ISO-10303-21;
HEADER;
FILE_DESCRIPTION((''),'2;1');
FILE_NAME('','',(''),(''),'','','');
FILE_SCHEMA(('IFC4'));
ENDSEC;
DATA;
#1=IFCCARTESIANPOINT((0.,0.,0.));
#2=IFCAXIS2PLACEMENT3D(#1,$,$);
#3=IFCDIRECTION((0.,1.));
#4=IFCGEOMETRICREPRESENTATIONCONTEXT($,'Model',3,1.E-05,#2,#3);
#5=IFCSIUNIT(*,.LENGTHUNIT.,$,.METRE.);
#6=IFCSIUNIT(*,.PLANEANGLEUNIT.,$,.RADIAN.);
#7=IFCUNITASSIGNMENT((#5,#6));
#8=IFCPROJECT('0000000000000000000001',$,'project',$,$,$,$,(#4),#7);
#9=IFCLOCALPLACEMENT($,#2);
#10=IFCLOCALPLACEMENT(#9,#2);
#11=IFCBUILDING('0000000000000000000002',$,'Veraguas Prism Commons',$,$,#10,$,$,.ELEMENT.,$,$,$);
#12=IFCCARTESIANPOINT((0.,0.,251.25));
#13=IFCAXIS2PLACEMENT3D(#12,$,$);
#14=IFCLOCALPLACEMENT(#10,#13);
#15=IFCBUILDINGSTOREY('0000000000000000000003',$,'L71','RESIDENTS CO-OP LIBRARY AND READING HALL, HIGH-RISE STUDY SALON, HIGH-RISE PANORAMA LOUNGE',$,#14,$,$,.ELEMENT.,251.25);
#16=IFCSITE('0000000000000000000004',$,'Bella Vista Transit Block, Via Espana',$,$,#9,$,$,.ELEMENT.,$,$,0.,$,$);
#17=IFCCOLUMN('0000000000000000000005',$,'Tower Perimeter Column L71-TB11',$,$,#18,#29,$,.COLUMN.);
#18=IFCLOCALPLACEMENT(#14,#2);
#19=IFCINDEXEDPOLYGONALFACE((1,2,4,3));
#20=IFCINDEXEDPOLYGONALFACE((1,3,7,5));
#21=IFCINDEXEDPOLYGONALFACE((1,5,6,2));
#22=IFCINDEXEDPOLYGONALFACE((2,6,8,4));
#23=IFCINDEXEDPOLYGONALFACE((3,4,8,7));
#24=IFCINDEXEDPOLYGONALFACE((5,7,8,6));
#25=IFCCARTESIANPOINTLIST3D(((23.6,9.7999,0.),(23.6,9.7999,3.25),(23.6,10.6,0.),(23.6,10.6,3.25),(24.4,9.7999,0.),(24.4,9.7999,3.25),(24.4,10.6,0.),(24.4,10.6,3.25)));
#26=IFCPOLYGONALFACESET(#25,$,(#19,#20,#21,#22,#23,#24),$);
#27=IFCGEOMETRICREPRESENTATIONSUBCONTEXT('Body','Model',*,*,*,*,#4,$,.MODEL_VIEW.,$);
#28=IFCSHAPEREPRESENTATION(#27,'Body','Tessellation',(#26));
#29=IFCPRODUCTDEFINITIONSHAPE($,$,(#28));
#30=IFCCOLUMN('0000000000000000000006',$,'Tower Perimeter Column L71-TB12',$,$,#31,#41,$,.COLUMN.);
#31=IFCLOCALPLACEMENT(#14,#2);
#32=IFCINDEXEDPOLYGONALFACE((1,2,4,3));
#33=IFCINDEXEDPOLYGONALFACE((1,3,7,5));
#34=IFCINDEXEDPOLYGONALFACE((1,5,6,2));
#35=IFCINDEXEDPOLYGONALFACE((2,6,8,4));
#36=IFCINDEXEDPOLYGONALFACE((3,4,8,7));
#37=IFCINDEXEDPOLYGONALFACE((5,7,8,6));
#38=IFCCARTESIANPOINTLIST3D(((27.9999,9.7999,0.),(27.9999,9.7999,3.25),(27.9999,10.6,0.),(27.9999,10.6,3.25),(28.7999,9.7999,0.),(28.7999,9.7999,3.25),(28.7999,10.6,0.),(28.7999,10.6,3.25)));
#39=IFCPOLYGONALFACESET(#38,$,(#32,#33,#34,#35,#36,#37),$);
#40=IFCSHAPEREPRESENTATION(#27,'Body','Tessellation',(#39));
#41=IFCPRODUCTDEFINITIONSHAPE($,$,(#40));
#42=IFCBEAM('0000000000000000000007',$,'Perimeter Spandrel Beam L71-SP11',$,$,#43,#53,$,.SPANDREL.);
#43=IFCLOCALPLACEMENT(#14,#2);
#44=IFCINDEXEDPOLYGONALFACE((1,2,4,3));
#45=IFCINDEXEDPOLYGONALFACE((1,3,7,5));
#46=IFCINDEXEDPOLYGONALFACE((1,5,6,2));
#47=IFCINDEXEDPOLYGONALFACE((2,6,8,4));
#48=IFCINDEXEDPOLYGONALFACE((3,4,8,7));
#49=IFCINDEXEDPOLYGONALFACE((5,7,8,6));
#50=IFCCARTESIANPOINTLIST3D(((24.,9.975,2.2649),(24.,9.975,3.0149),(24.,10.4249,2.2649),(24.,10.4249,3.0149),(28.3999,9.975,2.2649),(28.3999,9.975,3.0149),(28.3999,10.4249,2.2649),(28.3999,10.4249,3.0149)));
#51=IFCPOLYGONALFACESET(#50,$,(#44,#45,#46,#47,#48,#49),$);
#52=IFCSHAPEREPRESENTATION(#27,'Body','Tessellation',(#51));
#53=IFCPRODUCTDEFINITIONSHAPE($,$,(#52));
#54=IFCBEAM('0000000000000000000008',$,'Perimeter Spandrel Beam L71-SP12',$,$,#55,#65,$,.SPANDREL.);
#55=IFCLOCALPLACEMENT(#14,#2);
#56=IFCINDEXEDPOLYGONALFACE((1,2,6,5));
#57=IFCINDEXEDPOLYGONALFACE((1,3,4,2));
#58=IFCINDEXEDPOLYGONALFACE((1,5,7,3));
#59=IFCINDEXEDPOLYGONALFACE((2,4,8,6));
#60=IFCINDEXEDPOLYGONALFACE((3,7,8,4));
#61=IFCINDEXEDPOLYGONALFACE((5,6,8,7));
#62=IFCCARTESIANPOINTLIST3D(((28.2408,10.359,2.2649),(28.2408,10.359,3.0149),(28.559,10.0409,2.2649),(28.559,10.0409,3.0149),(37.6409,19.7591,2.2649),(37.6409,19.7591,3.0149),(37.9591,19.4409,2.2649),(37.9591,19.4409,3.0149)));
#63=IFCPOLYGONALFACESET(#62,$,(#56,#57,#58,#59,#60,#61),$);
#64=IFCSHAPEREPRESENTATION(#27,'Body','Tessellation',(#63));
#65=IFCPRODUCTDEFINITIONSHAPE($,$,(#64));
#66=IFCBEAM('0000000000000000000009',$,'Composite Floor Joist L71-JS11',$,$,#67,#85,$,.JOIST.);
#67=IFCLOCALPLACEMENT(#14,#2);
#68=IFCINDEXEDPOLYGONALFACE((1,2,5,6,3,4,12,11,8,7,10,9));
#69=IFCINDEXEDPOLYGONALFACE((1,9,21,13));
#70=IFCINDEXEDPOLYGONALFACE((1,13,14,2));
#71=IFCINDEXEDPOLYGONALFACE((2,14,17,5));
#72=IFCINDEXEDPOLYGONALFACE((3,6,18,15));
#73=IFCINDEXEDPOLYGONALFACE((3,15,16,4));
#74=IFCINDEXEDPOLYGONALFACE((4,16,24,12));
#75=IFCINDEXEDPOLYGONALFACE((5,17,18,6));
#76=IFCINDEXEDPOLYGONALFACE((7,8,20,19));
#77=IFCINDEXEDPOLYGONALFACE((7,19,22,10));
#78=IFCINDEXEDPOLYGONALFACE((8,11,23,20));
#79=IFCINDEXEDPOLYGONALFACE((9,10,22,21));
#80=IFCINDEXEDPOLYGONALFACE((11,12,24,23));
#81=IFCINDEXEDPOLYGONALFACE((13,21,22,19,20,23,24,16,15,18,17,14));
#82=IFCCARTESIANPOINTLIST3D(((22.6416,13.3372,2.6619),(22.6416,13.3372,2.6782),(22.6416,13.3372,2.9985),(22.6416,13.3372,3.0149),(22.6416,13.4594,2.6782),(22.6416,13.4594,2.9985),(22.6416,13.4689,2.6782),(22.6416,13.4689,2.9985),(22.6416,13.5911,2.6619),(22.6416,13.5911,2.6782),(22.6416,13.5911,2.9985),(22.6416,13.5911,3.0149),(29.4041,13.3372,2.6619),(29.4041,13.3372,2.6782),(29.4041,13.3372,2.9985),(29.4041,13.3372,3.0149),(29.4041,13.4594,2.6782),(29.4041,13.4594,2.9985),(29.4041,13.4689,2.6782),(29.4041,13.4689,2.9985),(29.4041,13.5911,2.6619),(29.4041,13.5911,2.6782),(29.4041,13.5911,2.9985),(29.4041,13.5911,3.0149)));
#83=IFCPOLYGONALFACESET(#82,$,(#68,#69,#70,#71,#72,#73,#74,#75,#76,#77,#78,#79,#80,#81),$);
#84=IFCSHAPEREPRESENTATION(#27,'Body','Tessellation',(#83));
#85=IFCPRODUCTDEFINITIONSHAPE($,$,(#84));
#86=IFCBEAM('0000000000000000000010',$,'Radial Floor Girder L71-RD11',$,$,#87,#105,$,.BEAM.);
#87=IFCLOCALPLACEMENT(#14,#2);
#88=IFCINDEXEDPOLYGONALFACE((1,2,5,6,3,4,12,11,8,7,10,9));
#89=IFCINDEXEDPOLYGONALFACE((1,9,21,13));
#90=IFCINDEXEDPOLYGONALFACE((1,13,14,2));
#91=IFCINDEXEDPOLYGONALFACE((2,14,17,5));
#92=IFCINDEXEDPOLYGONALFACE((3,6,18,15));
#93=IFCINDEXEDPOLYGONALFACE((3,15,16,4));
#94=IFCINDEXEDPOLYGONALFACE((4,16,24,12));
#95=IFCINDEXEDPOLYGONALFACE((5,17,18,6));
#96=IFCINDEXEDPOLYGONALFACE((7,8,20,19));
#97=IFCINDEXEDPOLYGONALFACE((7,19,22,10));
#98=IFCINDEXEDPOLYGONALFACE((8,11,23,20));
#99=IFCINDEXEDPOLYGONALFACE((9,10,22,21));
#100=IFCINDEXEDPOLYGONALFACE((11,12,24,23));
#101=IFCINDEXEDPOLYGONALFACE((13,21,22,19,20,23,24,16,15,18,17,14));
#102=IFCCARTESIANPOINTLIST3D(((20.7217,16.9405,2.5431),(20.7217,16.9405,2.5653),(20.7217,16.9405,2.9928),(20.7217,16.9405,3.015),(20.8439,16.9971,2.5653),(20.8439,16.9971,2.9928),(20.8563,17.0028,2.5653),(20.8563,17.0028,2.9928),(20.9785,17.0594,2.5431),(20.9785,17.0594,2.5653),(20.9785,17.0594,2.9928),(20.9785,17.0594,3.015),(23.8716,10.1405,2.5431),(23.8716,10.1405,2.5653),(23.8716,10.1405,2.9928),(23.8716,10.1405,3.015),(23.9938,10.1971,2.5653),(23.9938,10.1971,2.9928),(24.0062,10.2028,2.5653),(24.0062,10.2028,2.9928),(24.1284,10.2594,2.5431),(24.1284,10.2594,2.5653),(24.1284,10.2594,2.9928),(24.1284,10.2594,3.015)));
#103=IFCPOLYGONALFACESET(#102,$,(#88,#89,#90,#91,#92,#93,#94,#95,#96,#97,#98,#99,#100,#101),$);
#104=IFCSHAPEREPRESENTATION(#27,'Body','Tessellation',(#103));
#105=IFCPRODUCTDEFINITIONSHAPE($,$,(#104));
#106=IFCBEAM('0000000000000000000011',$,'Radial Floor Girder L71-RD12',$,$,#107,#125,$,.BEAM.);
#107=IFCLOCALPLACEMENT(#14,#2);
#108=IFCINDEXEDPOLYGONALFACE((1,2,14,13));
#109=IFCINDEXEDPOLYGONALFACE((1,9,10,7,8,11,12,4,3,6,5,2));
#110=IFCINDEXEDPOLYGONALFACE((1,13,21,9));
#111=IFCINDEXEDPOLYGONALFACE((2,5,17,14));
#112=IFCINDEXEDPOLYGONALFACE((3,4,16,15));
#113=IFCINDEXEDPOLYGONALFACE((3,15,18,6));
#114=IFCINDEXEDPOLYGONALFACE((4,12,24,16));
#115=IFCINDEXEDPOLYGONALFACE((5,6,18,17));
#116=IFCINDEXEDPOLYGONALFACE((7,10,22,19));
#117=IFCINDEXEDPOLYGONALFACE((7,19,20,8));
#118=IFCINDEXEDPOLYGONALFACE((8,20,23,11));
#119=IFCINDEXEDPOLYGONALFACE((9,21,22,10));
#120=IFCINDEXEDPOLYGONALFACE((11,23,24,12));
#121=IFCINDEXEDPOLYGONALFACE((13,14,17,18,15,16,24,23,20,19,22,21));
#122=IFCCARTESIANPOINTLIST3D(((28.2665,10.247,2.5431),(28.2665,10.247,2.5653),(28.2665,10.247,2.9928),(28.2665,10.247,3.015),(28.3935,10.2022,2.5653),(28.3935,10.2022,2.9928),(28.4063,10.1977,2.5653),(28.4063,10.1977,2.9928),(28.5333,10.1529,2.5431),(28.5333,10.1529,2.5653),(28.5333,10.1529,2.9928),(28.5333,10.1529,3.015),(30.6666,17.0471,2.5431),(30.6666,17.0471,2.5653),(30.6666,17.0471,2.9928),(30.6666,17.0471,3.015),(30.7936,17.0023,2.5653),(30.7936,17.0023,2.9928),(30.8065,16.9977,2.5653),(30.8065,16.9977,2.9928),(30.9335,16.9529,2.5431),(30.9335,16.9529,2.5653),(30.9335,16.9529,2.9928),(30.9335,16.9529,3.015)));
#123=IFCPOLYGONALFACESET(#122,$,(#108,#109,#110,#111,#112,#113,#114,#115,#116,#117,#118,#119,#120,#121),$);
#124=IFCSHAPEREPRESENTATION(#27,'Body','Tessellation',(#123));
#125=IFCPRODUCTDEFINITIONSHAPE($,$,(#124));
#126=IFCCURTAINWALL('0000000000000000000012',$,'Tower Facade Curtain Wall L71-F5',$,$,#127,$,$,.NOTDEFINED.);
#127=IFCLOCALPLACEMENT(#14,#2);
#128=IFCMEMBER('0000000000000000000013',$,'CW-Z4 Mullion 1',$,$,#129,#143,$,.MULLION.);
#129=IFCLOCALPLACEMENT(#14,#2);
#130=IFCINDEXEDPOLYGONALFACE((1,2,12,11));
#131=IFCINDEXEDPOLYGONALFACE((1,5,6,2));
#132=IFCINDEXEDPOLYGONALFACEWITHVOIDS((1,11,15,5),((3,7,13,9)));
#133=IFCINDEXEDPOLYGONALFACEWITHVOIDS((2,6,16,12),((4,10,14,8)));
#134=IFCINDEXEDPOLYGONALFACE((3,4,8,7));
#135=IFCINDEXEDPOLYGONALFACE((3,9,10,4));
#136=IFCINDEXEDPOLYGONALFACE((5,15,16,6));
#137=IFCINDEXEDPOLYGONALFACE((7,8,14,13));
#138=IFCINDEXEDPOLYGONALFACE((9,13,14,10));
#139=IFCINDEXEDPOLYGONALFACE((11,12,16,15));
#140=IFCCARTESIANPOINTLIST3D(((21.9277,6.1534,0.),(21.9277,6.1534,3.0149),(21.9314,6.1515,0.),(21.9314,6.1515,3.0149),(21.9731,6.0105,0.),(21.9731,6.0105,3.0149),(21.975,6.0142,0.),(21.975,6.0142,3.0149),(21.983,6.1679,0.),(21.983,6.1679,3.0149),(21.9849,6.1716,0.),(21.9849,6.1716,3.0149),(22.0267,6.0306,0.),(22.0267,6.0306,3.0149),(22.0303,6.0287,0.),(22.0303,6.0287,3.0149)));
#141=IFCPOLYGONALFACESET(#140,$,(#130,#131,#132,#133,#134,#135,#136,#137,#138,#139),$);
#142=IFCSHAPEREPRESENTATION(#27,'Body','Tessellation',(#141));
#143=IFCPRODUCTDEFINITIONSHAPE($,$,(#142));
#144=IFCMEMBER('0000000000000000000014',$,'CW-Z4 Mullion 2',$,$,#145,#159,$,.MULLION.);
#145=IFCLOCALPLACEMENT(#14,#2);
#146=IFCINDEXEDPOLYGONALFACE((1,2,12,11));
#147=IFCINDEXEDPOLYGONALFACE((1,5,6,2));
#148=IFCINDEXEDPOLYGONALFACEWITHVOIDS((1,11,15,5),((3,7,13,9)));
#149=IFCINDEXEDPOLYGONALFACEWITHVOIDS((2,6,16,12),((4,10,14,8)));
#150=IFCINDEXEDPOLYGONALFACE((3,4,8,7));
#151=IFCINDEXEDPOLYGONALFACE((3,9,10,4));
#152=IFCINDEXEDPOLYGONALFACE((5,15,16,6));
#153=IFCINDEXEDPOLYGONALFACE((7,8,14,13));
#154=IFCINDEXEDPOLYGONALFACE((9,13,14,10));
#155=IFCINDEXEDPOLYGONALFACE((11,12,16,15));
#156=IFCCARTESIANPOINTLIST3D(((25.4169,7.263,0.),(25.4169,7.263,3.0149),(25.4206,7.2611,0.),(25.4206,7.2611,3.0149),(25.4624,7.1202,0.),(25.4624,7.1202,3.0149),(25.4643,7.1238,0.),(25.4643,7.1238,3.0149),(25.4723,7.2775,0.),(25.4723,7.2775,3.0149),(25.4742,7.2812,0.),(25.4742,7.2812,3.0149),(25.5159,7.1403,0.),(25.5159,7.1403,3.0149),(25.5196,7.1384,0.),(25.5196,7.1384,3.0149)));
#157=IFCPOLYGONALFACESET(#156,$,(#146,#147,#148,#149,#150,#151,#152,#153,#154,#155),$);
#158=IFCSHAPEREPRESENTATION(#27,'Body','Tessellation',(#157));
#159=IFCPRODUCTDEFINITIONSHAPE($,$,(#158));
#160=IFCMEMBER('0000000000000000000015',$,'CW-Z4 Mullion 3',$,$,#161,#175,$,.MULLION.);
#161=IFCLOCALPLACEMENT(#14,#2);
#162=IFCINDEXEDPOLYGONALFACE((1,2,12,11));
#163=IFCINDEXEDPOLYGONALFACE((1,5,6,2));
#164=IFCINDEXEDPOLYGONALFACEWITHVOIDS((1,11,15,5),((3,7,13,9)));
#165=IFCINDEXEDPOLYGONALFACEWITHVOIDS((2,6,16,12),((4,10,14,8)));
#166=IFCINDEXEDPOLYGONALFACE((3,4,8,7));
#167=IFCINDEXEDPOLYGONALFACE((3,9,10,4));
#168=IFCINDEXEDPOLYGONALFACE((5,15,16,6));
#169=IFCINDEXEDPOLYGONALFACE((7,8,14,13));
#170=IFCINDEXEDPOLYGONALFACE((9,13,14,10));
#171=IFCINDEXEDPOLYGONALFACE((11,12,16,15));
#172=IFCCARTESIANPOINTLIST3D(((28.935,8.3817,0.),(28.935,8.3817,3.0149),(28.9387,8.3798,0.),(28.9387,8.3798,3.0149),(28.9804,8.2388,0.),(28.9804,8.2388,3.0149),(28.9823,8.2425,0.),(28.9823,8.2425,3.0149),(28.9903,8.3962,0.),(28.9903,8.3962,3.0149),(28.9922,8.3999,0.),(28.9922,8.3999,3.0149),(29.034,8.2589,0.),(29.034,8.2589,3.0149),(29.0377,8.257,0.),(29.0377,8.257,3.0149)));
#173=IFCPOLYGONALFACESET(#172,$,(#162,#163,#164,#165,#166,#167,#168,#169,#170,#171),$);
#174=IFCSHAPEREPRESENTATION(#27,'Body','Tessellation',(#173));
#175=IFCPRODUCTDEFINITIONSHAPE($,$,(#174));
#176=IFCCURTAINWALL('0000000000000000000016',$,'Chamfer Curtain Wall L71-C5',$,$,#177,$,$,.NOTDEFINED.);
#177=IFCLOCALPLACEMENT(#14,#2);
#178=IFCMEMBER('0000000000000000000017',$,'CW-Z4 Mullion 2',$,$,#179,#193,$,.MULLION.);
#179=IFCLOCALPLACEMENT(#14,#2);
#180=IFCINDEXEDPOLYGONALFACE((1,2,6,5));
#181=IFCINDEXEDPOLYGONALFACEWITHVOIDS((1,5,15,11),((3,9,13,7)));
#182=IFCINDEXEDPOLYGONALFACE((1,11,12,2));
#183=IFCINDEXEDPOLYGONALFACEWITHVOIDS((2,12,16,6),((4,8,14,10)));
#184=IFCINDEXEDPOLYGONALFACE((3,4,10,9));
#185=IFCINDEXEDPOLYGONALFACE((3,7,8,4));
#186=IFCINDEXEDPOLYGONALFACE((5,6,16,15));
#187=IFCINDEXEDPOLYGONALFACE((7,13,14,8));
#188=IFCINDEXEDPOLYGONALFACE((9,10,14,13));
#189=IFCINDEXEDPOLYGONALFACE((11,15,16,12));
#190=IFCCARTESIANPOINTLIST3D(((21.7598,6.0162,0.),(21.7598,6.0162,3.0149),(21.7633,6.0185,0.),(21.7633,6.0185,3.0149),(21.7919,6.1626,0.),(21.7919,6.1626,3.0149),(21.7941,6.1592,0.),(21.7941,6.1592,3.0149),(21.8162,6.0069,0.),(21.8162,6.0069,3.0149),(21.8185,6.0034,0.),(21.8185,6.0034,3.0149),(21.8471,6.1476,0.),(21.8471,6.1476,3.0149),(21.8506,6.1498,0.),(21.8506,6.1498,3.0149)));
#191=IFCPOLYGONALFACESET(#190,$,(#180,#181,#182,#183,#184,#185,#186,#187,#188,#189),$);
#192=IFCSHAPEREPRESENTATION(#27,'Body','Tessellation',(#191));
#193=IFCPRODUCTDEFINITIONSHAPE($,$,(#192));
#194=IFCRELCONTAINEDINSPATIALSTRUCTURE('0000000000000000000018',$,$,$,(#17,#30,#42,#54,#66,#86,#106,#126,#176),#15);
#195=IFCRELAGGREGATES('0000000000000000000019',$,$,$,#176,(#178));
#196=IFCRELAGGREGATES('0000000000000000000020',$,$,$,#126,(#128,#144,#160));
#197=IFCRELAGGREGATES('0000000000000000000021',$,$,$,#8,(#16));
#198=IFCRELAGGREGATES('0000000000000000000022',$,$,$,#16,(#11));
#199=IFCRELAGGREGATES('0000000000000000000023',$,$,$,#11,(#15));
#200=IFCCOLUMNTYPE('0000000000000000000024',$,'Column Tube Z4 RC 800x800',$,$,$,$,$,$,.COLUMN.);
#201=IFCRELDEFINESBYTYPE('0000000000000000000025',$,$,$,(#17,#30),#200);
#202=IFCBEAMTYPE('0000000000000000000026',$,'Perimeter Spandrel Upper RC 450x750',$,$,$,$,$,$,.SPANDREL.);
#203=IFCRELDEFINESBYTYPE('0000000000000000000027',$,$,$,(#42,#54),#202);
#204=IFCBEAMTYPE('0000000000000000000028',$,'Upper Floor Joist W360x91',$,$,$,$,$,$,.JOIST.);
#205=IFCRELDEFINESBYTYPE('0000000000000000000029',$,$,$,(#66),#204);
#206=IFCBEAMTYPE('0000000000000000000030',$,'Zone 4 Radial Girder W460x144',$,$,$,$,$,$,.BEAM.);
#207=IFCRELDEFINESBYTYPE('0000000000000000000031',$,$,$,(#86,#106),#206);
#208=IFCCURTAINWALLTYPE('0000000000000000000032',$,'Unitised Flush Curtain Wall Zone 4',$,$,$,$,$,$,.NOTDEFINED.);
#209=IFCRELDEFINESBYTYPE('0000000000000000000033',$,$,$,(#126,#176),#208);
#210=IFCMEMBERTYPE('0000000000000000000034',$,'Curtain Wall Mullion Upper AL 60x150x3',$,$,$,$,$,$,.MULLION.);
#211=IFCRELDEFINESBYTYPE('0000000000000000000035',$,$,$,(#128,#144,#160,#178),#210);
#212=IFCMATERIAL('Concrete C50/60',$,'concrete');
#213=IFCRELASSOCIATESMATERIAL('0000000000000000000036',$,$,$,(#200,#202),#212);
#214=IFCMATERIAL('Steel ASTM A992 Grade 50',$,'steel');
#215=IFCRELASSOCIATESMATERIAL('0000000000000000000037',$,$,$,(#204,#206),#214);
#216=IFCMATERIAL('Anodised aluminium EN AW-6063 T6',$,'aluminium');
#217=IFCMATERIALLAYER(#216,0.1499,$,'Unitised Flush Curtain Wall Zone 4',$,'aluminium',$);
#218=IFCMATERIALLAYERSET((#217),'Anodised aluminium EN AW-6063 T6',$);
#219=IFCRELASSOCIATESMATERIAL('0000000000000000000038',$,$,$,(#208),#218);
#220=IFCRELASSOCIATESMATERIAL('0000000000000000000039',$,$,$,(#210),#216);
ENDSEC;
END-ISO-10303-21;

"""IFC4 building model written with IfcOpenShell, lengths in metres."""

from ifc_helpers import new_model, si_unit, direction, frame, origin, origin_2d, place, context, subcontext, project, spatial, rectangle, hollow_rectangle, i_section, extrude, source, transform, mapped, material, layer, layer_set, material_profile, profile_set, type_object, element, aggregate, save


model = new_model("IFC4")

# Units and contexts
model_context = context("Model", 3, precision=1e-05, world=origin(), true_north=direction((0.0, 1.0)))
body_context = subcontext(model_context, "Body", "Model", "MODEL_VIEW")
ifc_project = project(units=[si_unit("LENGTHUNIT", "METRE"), si_unit("PLANEANGLEUNIT", "RADIAN")], contexts=[model_context])

# Site, building, storey
site_placement = place(None, origin())
site = spatial("IfcSite", under=ifc_project, at=site_placement, Name="Bella Vista Transit Block, Via Espana", CompositionType="ELEMENT", RefElevation=0.0)
building_placement = place(site_placement, origin())
building = spatial("IfcBuilding", under=site, at=building_placement, Name="Veraguas Prism Commons", CompositionType="ELEMENT")
storey_placement = place(building_placement, frame((0.0, 0.0, 251.25)))
storey = spatial("IfcBuildingStorey", under=building, at=storey_placement, Name="L71", Description="RESIDENTS CO-OP LIBRARY AND READING HALL, HIGH-RISE STUDY SALON, HIGH-RISE PANORAMA LOUNGE", CompositionType="ELEMENT", Elevation=251.25)

# Columns
ifc_material_1 = material(Name="Concrete C50/60", Category="concrete")
ifc_material_profile_1 = material_profile(ifc_material_1, rectangle(XDim=0.8, YDim=0.8, at=origin_2d()), Name="RC800X800")
ifc_profile_set_1 = profile_set([ifc_material_profile_1], Name="Concrete C50/60")
column_type = type_object("IfcColumnType", Name="Column Tube Z4 RC 800x800", PredefinedType="COLUMN", material=ifc_profile_set_1)
for number, where, z_axis, x_axis, name in (
    (1, (24.0, 10.2, 0.0), (0.0, 0.0, 1.0), (1.0, 0.0, 0.0), "Tower Perimeter Column L71-TB11"),
    (2, (28.3999, 10.2, 0.0), (0.0, 0.0, 1.0), (1.0, 0.0, 0.0), "Tower Perimeter Column L71-TB12"),
):
    element("IfcColumn", number, at=place(storey_placement, frame(where, z_axis=z_axis, x_axis=x_axis)), inside=storey, type_object=column_type, Name=name, PredefinedType="COLUMN", context=body_context, shape_type="SweptSolid", body=[
        extrude(rectangle(XDim=0.8, YDim=0.8, at=origin_2d()), origin(), (0.0, 0.0, 1.0), 3.25),
    ])

# Beams
ifc_material_profile_2 = material_profile(ifc_material_1, rectangle(XDim=0.45, YDim=0.75, at=origin_2d()), Name="RC450X750")
ifc_profile_set_2 = profile_set([ifc_material_profile_2], Name="Concrete C50/60")
beam_type_1 = type_object("IfcBeamType", Name="Perimeter Spandrel Upper RC 450x750", PredefinedType="SPANDREL", material=ifc_profile_set_2)
beam_1_placement = place(storey_placement, frame((24.0, 10.2, 2.6399), z_axis=(1.0, 0.0, 0.0), x_axis=(0.0, 1.0, 0.0)))
element("IfcBeam", 3, at=beam_1_placement, inside=storey, type_object=beam_type_1, Name="Perimeter Spandrel Beam L71-SP11", PredefinedType="SPANDREL", context=body_context, shape_type="SweptSolid", body=[
    extrude(rectangle(XDim=0.45, YDim=0.75, at=origin_2d()), origin(), (0.0, 0.0, 1.0), 4.3999),
])
beam_2_placement = place(storey_placement, frame((28.3999, 10.2, 2.6399), z_axis=(0.707107, 0.707107, 0.0), x_axis=(-0.707107, 0.707107, 0.0)))
element("IfcBeam", 4, at=beam_2_placement, inside=storey, type_object=beam_type_1, Name="Perimeter Spandrel Beam L71-SP12", PredefinedType="SPANDREL", context=body_context, shape_type="SweptSolid", body=[
    extrude(rectangle(XDim=0.45, YDim=0.75, at=origin_2d()), origin(), (0.0, 0.0, 1.0), 13.2937),
])
ifc_material_2 = material(Name="Steel ASTM A992 Grade 50", Category="steel")
ifc_material_profile_3 = material_profile(ifc_material_2, i_section(OverallWidth=0.2539, OverallDepth=0.353, WebThickness=0.0095, FlangeThickness=0.0164, at=origin_2d()), Name="W360X91")
ifc_profile_set_3 = profile_set([ifc_material_profile_3], Name="Steel ASTM A992 Grade 50")
beam_type_2 = type_object("IfcBeamType", Name="Upper Floor Joist W360x91", PredefinedType="JOIST", material=ifc_profile_set_3)
beam_3_placement = place(storey_placement, frame((22.6416, 13.4641, 2.8384), z_axis=(1.0, 0.0, 0.0), x_axis=(0.0, 1.0, 0.0)))
element("IfcBeam", 5, at=beam_3_placement, inside=storey, type_object=beam_type_2, Name="Composite Floor Joist L71-JS11", PredefinedType="JOIST", context=body_context, shape_type="SweptSolid", body=[
    extrude(i_section(OverallWidth=0.2539, OverallDepth=0.353, WebThickness=0.0095, FlangeThickness=0.0164, at=origin_2d()), origin(), (0.0, 0.0, 1.0), 6.7625),
])
ifc_material_profile_4 = material_profile(ifc_material_2, i_section(OverallWidth=0.283, OverallDepth=0.4719, WebThickness=0.0137, FlangeThickness=0.0222, at=origin_2d()), Name="W460X144")
ifc_profile_set_4 = profile_set([ifc_material_profile_4], Name="Steel ASTM A992 Grade 50")
beam_type_3 = type_object("IfcBeamType", Name="Zone 4 Radial Girder W460x144", PredefinedType="BEAM", material=ifc_profile_set_4)
beam_4_placement = place(storey_placement, frame((24.0, 10.2, 2.7791), z_axis=(-0.420314, 0.907379, 0.0), x_axis=(-0.907379, -0.420314, 0.0)))
element("IfcBeam", 6, at=beam_4_placement, inside=storey, type_object=beam_type_3, Name="Radial Floor Girder L71-RD11", PredefinedType="BEAM", context=body_context, shape_type="SweptSolid", body=[
    extrude(i_section(OverallWidth=0.283, OverallDepth=0.4719, WebThickness=0.0137, FlangeThickness=0.0222, at=origin_2d()), origin(), (0.0, 0.0, 1.0), 7.4941),
])
beam_5_placement = place(storey_placement, frame((28.3999, 10.2, 2.7791), z_axis=(0.332836, 0.942985, 0.0), x_axis=(-0.942985, 0.332836, 0.0)))
element("IfcBeam", 7, at=beam_5_placement, inside=storey, type_object=beam_type_3, Name="Radial Floor Girder L71-RD12", PredefinedType="BEAM", context=body_context, shape_type="SweptSolid", body=[
    extrude(i_section(OverallWidth=0.283, OverallDepth=0.4719, WebThickness=0.0137, FlangeThickness=0.0222, at=origin_2d()), origin(), (0.0, 0.0, 1.0), 7.2112),
])

# Curtain wall, members
ifc_material_3 = material(Name="Anodised aluminium EN AW-6063 T6", Category="aluminium")
ifc_layer_1 = layer(ifc_material_3, 0.1499, Name="Unitised Flush Curtain Wall Zone 4", Category="aluminium")
ifc_layer_set_1 = layer_set([ifc_layer_1], Name="Anodised aluminium EN AW-6063 T6")
curtain_wall_type = type_object("IfcCurtainWallType", Name="Unitised Flush Curtain Wall Zone 4", PredefinedType="NOTDEFINED", material=ifc_layer_set_1)
curtain_wall_1_placement = place(storey_placement, origin())
curtain_wall_1 = element("IfcCurtainWall", 8, at=curtain_wall_1_placement, inside=storey, type_object=curtain_wall_type, Name="Tower Facade Curtain Wall L71-F5", PredefinedType="NOTDEFINED")
ifc_material_profile_5 = material_profile(ifc_material_3, hollow_rectangle(XDim=0.0601, YDim=0.1499, WallThickness=0.0029, at=origin_2d()), Name="AL60X150X3")
ifc_profile_set_5 = profile_set([ifc_material_profile_5], Name="Anodised aluminium EN AW-6063 T6")
member_type_1 = type_object("IfcMemberType", Name="Curtain Wall Mullion Upper AL 60x150x3", PredefinedType="MULLION", material=ifc_profile_set_5)
shared_shape_1 = source(origin(), body_context, "Body", "SweptSolid", [
    extrude(hollow_rectangle(XDim=0.0601, YDim=0.1499, WallThickness=0.0029, at=origin_2d()), origin(), (0.0, 0.0, 1.0), 3.0149),
])
member_1_placement = place(storey_placement, frame((21.979, 6.0911, 0.0), z_axis=(0.0, 0.0, 1.0), x_axis=(0.95298, 0.303034, 0.0)))
member_1 = element("IfcMember", 9, at=member_1_placement, type_object=member_type_1, Name="CW-Z4 Mullion 1", PredefinedType="MULLION", context=body_context, shape_type="MappedRepresentation", body=[
    mapped(shared_shape_1, transform((0.0, 0.0, 0.0), scale=1.0)),
])
member_2_placement = place(storey_placement, frame((25.4683, 7.2007, 0.0), z_axis=(0.0, 0.0, 1.0), x_axis=(0.95298, 0.303034, 0.0)))
member_2 = element("IfcMember", 10, at=member_2_placement, type_object=member_type_1, Name="CW-Z4 Mullion 2", PredefinedType="MULLION", context=body_context, shape_type="MappedRepresentation", body=[
    mapped(shared_shape_1, transform((0.0, 0.0, 0.0), scale=1.0)),
])
member_3_placement = place(storey_placement, frame((28.9863, 8.3193, 0.0), z_axis=(0.0, 0.0, 1.0), x_axis=(0.95298, 0.303034, 0.0)))
member_3 = element("IfcMember", 11, at=member_3_placement, type_object=member_type_1, Name="CW-Z4 Mullion 3", PredefinedType="MULLION", context=body_context, shape_type="MappedRepresentation", body=[
    mapped(shared_shape_1, transform((0.0, 0.0, 0.0), scale=1.0)),
])

# Curtain wall, member
curtain_wall_2_placement = place(storey_placement, origin())
curtain_wall_2 = element("IfcCurtainWall", 12, at=curtain_wall_2_placement, inside=storey, type_object=curtain_wall_type, Name="Chamfer Curtain Wall L71-C5", PredefinedType="NOTDEFINED")
member_4_placement = place(storey_placement, frame((21.8052, 6.083, 0.0), z_axis=(0.0, 0.0, 1.0), x_axis=(0.97682, -0.21406, 0.0)))
member_4 = element("IfcMember", 13, at=member_4_placement, type_object=member_type_1, Name="CW-Z4 Mullion 2", PredefinedType="MULLION", context=body_context, shape_type="MappedRepresentation", body=[
    mapped(shared_shape_1, transform((0.0, 0.0, 0.0), scale=1.0)),
])
aggregate(curtain_wall_2, [member_4])

aggregate(curtain_wall_1, [member_1, member_2, member_3])

save(model, "model.ifc")
